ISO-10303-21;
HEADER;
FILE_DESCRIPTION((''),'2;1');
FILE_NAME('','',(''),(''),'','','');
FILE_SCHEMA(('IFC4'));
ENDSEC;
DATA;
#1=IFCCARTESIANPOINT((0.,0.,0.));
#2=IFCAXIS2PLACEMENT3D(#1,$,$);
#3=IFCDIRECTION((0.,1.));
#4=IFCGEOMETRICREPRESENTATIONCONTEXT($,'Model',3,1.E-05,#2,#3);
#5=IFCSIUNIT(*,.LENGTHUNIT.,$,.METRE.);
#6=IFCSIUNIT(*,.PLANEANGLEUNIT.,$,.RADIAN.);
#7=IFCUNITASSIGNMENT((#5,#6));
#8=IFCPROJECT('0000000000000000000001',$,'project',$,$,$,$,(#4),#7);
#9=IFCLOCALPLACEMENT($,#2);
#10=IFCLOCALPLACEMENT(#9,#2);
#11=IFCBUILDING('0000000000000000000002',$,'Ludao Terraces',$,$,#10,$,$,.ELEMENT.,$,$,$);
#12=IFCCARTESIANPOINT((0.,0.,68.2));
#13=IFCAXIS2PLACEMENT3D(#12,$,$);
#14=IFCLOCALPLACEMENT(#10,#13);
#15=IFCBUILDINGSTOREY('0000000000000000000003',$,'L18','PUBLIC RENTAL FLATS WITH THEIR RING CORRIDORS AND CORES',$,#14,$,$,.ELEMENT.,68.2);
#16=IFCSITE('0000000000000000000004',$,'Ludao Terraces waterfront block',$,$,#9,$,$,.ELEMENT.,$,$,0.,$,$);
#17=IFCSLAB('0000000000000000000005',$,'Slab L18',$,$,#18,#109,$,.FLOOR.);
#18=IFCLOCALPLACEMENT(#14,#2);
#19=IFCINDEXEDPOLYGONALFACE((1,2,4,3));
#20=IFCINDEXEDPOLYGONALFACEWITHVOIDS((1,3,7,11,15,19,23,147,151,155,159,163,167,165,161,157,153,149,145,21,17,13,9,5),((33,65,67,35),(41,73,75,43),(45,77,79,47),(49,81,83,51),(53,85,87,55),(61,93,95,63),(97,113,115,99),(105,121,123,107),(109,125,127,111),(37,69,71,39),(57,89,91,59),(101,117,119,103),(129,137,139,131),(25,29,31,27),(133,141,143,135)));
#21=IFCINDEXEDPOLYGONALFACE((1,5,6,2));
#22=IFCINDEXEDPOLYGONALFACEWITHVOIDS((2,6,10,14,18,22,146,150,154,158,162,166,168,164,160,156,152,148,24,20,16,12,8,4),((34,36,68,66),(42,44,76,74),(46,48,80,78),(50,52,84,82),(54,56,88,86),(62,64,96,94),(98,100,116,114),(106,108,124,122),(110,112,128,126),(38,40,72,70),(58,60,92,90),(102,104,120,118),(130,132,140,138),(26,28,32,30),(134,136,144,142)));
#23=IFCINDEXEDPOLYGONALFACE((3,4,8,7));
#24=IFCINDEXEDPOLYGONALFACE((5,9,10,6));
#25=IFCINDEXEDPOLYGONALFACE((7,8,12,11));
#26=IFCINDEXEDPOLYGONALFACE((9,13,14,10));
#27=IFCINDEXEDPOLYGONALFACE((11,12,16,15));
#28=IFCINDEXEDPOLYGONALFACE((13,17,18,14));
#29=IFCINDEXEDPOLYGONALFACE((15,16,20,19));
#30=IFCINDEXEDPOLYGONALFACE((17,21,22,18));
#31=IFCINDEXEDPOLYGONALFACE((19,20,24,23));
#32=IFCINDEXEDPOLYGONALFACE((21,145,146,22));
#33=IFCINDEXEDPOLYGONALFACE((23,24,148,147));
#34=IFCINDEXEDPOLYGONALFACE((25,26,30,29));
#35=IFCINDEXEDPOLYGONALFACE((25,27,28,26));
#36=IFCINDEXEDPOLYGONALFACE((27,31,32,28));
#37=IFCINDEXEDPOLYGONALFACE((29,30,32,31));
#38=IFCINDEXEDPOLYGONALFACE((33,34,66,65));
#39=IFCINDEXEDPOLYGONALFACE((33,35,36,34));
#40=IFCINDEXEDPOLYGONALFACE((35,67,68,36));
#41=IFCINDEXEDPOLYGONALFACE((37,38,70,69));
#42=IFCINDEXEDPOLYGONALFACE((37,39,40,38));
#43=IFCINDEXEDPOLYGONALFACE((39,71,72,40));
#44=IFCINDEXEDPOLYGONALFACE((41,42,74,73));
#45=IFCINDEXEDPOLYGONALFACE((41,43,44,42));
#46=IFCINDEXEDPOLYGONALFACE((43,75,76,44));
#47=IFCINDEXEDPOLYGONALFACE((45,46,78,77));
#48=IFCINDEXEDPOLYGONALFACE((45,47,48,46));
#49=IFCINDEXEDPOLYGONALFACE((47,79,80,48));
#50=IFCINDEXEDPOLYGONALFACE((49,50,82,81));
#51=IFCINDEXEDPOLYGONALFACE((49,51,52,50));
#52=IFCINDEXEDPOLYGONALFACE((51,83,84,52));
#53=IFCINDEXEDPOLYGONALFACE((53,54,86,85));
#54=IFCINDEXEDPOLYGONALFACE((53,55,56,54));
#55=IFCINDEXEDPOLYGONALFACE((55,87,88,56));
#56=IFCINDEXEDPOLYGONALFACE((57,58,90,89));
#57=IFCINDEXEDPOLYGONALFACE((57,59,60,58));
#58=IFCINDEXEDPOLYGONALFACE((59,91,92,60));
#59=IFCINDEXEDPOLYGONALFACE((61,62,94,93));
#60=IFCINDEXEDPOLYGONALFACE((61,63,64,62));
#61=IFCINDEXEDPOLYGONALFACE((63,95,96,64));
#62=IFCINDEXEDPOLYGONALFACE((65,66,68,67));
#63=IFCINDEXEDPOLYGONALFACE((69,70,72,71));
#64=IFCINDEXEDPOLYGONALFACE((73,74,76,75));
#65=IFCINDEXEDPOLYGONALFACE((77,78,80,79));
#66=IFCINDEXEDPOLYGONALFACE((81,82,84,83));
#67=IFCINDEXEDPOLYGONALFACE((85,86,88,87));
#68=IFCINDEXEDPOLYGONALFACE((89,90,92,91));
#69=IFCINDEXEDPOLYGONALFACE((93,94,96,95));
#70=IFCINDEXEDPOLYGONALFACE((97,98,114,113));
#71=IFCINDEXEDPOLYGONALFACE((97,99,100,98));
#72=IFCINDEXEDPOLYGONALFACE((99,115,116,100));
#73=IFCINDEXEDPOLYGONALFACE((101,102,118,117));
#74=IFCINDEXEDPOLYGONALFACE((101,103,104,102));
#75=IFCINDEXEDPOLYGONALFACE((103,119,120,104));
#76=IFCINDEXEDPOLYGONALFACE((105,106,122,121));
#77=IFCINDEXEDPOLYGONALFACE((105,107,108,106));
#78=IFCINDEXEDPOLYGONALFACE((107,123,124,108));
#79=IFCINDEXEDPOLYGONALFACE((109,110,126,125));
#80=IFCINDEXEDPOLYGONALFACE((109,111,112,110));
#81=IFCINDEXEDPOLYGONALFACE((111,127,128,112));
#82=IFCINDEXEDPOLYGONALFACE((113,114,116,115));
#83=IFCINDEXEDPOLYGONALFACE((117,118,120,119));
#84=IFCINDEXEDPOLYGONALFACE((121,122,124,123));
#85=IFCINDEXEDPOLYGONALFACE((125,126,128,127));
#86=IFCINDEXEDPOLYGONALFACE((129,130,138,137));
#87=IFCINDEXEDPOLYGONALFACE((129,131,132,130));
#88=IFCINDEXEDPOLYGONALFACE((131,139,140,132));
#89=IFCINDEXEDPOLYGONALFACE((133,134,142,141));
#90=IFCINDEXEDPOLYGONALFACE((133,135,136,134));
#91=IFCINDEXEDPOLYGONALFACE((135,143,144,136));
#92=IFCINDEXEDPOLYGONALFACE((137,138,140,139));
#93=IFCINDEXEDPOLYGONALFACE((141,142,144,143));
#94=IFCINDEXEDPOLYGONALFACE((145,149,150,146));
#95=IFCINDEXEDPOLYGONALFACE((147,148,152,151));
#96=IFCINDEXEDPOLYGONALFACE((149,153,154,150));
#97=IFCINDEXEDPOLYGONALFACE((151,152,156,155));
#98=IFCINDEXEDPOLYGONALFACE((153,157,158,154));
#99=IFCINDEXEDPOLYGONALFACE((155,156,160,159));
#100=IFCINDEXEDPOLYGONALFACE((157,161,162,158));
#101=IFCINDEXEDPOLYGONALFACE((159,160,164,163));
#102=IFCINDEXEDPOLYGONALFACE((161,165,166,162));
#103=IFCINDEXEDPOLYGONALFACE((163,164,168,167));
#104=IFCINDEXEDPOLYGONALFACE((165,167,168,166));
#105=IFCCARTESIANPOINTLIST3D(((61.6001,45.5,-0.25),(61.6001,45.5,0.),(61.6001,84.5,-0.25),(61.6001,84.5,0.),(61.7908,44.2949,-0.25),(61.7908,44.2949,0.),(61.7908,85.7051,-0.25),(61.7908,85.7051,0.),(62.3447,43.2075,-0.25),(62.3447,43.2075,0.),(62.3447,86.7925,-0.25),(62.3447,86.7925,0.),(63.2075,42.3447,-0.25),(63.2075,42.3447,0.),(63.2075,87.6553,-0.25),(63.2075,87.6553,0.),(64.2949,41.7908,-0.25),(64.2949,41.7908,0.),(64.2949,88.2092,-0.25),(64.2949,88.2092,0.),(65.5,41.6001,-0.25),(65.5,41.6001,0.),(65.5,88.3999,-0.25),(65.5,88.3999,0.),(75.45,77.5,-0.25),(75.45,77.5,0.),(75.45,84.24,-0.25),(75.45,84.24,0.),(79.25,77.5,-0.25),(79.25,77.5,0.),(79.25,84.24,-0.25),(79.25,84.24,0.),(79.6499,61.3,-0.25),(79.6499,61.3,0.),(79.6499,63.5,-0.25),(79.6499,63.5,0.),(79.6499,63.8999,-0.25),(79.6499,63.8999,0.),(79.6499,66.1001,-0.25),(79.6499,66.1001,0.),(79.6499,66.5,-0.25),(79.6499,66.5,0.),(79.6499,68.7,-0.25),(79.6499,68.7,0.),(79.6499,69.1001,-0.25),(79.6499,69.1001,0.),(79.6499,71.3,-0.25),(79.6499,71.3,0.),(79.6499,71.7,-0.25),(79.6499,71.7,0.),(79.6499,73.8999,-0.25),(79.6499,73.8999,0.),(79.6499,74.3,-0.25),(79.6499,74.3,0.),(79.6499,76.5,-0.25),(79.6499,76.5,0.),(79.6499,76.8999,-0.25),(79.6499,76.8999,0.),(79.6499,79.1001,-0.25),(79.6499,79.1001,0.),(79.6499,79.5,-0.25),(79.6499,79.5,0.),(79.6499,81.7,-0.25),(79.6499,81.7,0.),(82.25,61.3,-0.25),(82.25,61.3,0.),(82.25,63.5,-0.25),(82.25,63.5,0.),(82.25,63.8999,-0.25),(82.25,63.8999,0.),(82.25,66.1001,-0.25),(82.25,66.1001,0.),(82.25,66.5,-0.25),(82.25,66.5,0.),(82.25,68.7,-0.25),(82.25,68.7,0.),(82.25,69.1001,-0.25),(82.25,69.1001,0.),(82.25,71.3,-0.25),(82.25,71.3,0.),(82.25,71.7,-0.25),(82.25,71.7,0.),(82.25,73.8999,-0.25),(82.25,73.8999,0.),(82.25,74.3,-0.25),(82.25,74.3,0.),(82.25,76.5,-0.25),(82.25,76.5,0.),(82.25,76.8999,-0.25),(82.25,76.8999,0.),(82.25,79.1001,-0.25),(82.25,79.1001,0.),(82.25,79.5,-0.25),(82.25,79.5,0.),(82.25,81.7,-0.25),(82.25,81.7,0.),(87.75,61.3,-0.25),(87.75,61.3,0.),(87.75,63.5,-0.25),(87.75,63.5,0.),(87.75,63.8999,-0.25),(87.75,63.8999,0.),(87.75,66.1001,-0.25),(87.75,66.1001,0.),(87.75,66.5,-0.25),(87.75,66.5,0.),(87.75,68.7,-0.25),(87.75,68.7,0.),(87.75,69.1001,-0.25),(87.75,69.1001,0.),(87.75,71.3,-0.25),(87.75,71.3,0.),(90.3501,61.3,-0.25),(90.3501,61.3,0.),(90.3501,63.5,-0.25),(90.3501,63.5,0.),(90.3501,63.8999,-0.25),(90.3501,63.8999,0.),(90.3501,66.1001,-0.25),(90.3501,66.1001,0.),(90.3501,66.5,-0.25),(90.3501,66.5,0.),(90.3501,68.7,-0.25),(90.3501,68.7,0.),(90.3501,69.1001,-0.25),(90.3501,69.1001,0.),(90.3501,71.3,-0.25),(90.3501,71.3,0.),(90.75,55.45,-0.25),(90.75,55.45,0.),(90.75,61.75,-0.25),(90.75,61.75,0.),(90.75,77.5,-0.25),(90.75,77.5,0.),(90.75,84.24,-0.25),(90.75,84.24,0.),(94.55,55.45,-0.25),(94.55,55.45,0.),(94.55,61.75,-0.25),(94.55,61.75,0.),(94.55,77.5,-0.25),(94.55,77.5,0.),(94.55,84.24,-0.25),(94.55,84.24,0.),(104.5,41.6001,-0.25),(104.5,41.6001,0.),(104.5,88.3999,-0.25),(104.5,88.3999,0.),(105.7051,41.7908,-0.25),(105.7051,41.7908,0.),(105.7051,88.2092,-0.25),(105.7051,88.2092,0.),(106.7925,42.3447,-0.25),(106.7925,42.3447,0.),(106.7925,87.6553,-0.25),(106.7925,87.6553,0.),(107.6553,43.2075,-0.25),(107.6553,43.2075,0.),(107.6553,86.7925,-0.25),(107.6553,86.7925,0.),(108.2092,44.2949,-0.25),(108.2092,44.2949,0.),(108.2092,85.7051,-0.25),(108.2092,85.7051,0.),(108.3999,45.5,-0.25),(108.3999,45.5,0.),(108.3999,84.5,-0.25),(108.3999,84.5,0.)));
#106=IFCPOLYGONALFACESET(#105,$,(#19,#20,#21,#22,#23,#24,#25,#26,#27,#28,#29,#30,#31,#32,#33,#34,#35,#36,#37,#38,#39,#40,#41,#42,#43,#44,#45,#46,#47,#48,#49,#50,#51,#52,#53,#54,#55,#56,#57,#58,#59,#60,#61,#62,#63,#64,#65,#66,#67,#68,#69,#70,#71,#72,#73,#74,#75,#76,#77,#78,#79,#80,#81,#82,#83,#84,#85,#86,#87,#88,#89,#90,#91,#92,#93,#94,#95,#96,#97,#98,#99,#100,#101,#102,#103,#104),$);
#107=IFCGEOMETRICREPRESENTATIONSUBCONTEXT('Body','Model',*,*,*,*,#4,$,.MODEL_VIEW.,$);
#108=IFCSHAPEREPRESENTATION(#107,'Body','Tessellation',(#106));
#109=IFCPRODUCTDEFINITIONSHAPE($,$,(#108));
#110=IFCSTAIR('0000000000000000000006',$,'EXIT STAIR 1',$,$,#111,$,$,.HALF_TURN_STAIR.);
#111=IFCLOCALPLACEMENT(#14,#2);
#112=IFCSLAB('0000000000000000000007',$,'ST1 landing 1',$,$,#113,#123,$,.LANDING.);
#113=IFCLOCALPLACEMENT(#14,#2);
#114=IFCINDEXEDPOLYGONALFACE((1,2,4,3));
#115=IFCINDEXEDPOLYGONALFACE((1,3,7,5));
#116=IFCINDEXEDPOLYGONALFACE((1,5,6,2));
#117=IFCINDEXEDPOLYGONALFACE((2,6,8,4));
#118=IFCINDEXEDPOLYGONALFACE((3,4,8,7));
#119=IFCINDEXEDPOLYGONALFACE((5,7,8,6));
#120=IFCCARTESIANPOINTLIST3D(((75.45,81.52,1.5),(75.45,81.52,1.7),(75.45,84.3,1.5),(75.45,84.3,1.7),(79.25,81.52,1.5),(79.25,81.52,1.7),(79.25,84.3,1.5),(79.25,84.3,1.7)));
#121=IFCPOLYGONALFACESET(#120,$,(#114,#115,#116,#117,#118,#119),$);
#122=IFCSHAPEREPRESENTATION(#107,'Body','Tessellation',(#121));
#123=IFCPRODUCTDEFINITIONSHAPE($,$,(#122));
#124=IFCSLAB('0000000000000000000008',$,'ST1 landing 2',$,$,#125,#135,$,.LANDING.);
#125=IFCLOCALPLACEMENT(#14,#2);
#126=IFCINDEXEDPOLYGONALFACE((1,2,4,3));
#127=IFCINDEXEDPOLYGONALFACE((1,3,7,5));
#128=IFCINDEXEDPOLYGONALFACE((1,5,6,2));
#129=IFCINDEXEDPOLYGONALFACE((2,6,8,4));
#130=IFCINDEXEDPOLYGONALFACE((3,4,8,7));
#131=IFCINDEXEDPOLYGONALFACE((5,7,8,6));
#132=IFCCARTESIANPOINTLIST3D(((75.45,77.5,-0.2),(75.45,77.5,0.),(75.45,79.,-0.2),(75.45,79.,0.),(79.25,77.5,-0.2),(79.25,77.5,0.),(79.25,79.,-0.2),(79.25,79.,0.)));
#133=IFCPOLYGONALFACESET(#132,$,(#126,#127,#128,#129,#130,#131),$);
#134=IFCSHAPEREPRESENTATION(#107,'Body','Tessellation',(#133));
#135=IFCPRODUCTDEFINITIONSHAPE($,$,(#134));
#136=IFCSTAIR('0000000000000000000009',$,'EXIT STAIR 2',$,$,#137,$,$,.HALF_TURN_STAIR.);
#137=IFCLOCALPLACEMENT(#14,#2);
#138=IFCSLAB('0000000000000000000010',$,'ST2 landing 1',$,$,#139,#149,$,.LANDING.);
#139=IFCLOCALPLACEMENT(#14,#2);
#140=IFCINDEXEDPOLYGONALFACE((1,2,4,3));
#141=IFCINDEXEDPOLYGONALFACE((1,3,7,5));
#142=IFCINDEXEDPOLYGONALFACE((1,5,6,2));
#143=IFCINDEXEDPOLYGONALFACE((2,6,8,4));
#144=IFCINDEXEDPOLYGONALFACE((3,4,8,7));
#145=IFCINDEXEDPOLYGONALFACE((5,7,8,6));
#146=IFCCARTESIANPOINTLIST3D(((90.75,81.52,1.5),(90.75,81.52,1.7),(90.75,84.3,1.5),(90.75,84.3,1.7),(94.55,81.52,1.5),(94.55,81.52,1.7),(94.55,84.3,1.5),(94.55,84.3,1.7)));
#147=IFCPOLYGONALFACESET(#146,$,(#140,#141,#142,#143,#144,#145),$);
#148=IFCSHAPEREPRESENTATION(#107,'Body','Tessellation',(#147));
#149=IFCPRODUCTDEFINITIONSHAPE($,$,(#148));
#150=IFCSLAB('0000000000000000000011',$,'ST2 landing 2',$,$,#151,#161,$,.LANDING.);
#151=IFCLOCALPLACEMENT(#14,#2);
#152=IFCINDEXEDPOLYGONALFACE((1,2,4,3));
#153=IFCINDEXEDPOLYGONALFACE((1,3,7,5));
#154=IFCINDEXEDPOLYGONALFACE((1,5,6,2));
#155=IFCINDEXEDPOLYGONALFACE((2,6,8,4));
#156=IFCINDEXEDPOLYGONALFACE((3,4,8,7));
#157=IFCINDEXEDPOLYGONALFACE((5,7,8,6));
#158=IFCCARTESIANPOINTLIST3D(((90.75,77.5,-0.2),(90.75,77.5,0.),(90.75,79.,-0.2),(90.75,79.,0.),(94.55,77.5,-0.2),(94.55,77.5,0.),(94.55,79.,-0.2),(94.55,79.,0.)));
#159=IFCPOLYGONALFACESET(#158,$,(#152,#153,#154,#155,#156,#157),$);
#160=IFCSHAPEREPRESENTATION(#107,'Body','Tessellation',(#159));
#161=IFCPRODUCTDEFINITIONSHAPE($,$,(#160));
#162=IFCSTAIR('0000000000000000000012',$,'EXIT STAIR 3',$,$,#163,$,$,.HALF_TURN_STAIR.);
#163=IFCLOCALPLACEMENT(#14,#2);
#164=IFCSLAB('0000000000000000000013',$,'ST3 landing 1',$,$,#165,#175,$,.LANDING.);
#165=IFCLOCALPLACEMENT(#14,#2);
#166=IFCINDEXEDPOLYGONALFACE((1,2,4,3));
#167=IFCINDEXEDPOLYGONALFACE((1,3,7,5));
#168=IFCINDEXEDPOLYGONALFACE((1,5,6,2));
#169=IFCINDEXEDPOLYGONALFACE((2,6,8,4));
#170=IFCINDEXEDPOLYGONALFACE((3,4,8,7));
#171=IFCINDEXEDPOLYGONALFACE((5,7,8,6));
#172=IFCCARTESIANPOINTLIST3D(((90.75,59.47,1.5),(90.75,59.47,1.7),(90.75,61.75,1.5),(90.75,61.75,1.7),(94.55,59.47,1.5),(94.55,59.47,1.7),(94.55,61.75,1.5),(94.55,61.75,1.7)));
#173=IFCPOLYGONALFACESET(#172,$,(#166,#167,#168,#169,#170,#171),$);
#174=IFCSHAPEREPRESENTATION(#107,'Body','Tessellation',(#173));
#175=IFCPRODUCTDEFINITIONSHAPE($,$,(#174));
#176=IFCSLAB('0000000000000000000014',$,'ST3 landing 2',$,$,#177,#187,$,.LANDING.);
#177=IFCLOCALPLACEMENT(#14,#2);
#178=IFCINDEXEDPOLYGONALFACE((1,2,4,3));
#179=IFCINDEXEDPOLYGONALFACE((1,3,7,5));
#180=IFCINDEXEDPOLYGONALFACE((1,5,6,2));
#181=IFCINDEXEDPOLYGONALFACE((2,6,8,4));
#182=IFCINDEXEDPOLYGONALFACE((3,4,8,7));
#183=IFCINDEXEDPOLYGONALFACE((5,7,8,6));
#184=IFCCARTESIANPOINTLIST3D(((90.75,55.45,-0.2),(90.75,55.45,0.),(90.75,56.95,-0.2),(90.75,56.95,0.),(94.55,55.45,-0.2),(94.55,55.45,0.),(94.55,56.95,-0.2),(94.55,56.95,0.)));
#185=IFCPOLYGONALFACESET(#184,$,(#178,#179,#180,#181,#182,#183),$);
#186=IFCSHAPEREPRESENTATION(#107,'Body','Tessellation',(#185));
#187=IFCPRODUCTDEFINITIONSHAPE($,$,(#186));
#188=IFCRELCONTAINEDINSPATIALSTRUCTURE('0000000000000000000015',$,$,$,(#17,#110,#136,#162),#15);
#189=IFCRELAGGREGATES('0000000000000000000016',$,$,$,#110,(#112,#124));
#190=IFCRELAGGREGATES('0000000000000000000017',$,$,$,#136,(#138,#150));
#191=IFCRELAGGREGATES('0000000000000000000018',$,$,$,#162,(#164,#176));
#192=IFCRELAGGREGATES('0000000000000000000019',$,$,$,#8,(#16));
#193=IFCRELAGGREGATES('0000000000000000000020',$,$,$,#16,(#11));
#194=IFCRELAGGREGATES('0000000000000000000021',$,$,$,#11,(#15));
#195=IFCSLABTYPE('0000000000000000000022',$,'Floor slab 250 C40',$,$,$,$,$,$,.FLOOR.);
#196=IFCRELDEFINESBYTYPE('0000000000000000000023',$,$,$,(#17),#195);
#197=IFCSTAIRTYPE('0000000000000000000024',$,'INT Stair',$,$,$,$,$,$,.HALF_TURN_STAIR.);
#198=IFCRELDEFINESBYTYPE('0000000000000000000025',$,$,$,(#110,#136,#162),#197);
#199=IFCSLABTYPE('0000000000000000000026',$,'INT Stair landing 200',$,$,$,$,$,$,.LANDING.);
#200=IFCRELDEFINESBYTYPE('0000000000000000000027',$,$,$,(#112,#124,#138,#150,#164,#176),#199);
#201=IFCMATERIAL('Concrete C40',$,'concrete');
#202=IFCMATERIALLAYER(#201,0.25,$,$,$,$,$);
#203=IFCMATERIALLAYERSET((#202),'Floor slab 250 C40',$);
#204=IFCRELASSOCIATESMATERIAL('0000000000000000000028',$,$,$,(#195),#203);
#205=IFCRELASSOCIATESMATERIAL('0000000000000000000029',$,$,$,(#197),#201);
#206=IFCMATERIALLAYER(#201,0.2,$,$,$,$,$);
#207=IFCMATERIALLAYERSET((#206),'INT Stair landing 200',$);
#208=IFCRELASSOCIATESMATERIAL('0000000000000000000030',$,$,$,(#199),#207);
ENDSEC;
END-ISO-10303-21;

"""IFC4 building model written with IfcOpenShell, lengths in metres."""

from ifc_helpers import new_model, si_unit, direction, frame, origin, place, context, subcontext, project, spatial, polyline, outline, extrude, material, layer, layer_set, type_object, element, aggregate, save


model = new_model("IFC4")

# Units and contexts
model_context = context("Model", 3, precision=1e-05, world=origin(), true_north=direction((0.0, 1.0)))
body_context = subcontext(model_context, "Body", "Model", "MODEL_VIEW")
ifc_project = project(units=[si_unit("LENGTHUNIT", "METRE"), si_unit("PLANEANGLEUNIT", "RADIAN")], contexts=[model_context])

# Site, building, storey
site_placement = place(None, origin())
site = spatial("IfcSite", under=ifc_project, at=site_placement, Name="Ludao Terraces waterfront block", CompositionType="ELEMENT", RefElevation=0.0)
building_placement = place(site_placement, origin())
building = spatial("IfcBuilding", under=site, at=building_placement, Name="Ludao Terraces", CompositionType="ELEMENT")
storey_placement = place(building_placement, frame((0.0, 0.0, 68.2)))
storey = spatial("IfcBuildingStorey", under=building, at=storey_placement, Name="L18", Description="PUBLIC RENTAL FLATS WITH THEIR RING CORRIDORS AND CORES", CompositionType="ELEMENT", Elevation=68.2)

# Shared definitions
ifc_material_1 = material(Name="Concrete C40", Category="concrete")

# Slab
ifc_layer_1 = layer(ifc_material_1, 0.25)
ifc_layer_set_1 = layer_set([ifc_layer_1], Name="Floor slab 250 C40")
slab_type_1 = type_object("IfcSlabType", Name="Floor slab 250 C40", PredefinedType="FLOOR", material=ifc_layer_set_1)
slab_1_placement = place(storey_placement, frame((0.0, 0.0, -0.25)))
element("IfcSlab", 1, at=slab_1_placement, inside=storey, type_object=slab_type_1, Name="Slab L18", PredefinedType="FLOOR", context=body_context, shape_type="SweptSolid", body=[
    extrude(outline(polyline([(104.5, 41.6001), (105.7051, 41.7908), (106.7925, 42.3447), (107.6553, 43.2075), (108.2092, 44.2949), (108.3999, 45.5), (108.3999, 84.5), (108.2092, 85.7051), (107.6553, 86.7925), (106.7925, 87.6553), (105.7051, 88.2092), (104.5, 88.3999), (65.5, 88.3999), (64.2949, 88.2092), (63.2075, 87.6553), (62.3447, 86.7925), (61.7908, 85.7051), (61.6001, 84.5), (61.6001, 45.5), (61.7908, 44.2949), (62.3447, 43.2075), (63.2075, 42.3447), (64.2949, 41.7908), (65.5, 41.6001), (104.5, 41.6001)]), holes=[polyline([(79.6499, 61.3), (82.25, 61.3), (82.25, 63.5), (79.6499, 63.5), (79.6499, 61.3)]), polyline([(79.6499, 63.8999), (82.25, 63.8999), (82.25, 66.1001), (79.6499, 66.1001), (79.6499, 63.8999)]), polyline([(79.6499, 66.5), (82.25, 66.5), (82.25, 68.7), (79.6499, 68.7), (79.6499, 66.5)]), polyline([(79.6499, 69.1001), (82.25, 69.1001), (82.25, 71.3), (79.6499, 71.3), (79.6499, 69.1001)]), polyline([(79.6499, 71.7), (82.25, 71.7), (82.25, 73.8999), (79.6499, 73.8999), (79.6499, 71.7)]), polyline([(79.6499, 74.3), (82.25, 74.3), (82.25, 76.5), (79.6499, 76.5), (79.6499, 74.3)]), polyline([(79.6499, 76.8999), (82.25, 76.8999), (82.25, 79.1001), (79.6499, 79.1001), (79.6499, 76.8999)]), polyline([(79.6499, 79.5), (82.25, 79.5), (82.25, 81.7), (79.6499, 81.7), (79.6499, 79.5)]), polyline([(87.75, 61.3), (90.3501, 61.3), (90.3501, 63.5), (87.75, 63.5), (87.75, 61.3)]), polyline([(87.75, 63.8999), (90.3501, 63.8999), (90.3501, 66.1001), (87.75, 66.1001), (87.75, 63.8999)]), polyline([(87.75, 66.5), (90.3501, 66.5), (90.3501, 68.7), (87.75, 68.7), (87.75, 66.5)]), polyline([(87.75, 69.1001), (90.3501, 69.1001), (90.3501, 71.3), (87.75, 71.3), (87.75, 69.1001)]), polyline([(75.45, 77.5), (79.25, 77.5), (79.25, 84.24), (75.45, 84.24), (75.45, 77.5)]), polyline([(90.75, 77.5), (94.55, 77.5), (94.55, 84.24), (90.75, 84.24), (90.75, 77.5)]), polyline([(90.75, 55.45), (94.55, 55.45), (94.55, 61.75), (90.75, 61.75), (90.75, 55.45)])]), origin(), (0.0, 0.0, 1.0), 0.25),
])

# Stairs, slabs
stair_type = type_object("IfcStairType", Name="INT Stair", PredefinedType="HALF_TURN_STAIR", material=ifc_material_1)
stair_1_placement = place(storey_placement, origin())
stair_1 = element("IfcStair", 2, at=stair_1_placement, inside=storey, type_object=stair_type, Name="EXIT STAIR 1", PredefinedType="HALF_TURN_STAIR")
ifc_layer_2 = layer(ifc_material_1, 0.2)
ifc_layer_set_2 = layer_set([ifc_layer_2], Name="INT Stair landing 200")
slab_type_2 = type_object("IfcSlabType", Name="INT Stair landing 200", PredefinedType="LANDING", material=ifc_layer_set_2)
slab_2_placement = place(storey_placement, frame((0.0, 0.0, 1.5)))
slab_2 = element("IfcSlab", 3, at=slab_2_placement, type_object=slab_type_2, Name="ST1 landing 1", PredefinedType="LANDING", context=body_context, shape_type="SweptSolid", body=[
    extrude(outline(polyline([(75.45, 81.52), (79.25, 81.52), (79.25, 84.3), (75.45, 84.3), (75.45, 81.52)])), origin(), (0.0, 0.0, 1.0), 0.2),
])
slab_3_placement = place(storey_placement, frame((0.0, 0.0, -0.2)))
slab_3 = element("IfcSlab", 4, at=slab_3_placement, type_object=slab_type_2, Name="ST1 landing 2", PredefinedType="LANDING", context=body_context, shape_type="SweptSolid", body=[
    extrude(outline(polyline([(75.45, 77.5), (79.25, 77.5), (79.25, 79.0), (75.45, 79.0), (75.45, 77.5)])), origin(), (0.0, 0.0, 1.0), 0.2),
])
aggregate(stair_1, [slab_2, slab_3])
stair_2_placement = place(storey_placement, origin())
stair_2 = element("IfcStair", 5, at=stair_2_placement, inside=storey, type_object=stair_type, Name="EXIT STAIR 2", PredefinedType="HALF_TURN_STAIR")
slab_4_placement = place(storey_placement, frame((0.0, 0.0, 1.5)))
slab_4 = element("IfcSlab", 6, at=slab_4_placement, type_object=slab_type_2, Name="ST2 landing 1", PredefinedType="LANDING", context=body_context, shape_type="SweptSolid", body=[
    extrude(outline(polyline([(90.75, 81.52), (94.55, 81.52), (94.55, 84.3), (90.75, 84.3), (90.75, 81.52)])), origin(), (0.0, 0.0, 1.0), 0.2),
])
slab_5_placement = place(storey_placement, frame((0.0, 0.0, -0.2)))
slab_5 = element("IfcSlab", 7, at=slab_5_placement, type_object=slab_type_2, Name="ST2 landing 2", PredefinedType="LANDING", context=body_context, shape_type="SweptSolid", body=[
    extrude(outline(polyline([(90.75, 77.5), (94.55, 77.5), (94.55, 79.0), (90.75, 79.0), (90.75, 77.5)])), origin(), (0.0, 0.0, 1.0), 0.2),
])
aggregate(stair_2, [slab_4, slab_5])
stair_3_placement = place(storey_placement, origin())
stair_3 = element("IfcStair", 8, at=stair_3_placement, inside=storey, type_object=stair_type, Name="EXIT STAIR 3", PredefinedType="HALF_TURN_STAIR")
slab_6_placement = place(storey_placement, frame((0.0, 0.0, 1.5)))
slab_6 = element("IfcSlab", 9, at=slab_6_placement, type_object=slab_type_2, Name="ST3 landing 1", PredefinedType="LANDING", context=body_context, shape_type="SweptSolid", body=[
    extrude(outline(polyline([(90.75, 59.47), (94.55, 59.47), (94.55, 61.75), (90.75, 61.75), (90.75, 59.47)])), origin(), (0.0, 0.0, 1.0), 0.2),
])
slab_7_placement = place(storey_placement, frame((0.0, 0.0, -0.2)))
slab_7 = element("IfcSlab", 10, at=slab_7_placement, type_object=slab_type_2, Name="ST3 landing 2", PredefinedType="LANDING", context=body_context, shape_type="SweptSolid", body=[
    extrude(outline(polyline([(90.75, 55.45), (94.55, 55.45), (94.55, 56.95), (90.75, 56.95), (90.75, 55.45)])), origin(), (0.0, 0.0, 1.0), 0.2),
])
aggregate(stair_3, [slab_6, slab_7])

save(model, "model.ifc")
